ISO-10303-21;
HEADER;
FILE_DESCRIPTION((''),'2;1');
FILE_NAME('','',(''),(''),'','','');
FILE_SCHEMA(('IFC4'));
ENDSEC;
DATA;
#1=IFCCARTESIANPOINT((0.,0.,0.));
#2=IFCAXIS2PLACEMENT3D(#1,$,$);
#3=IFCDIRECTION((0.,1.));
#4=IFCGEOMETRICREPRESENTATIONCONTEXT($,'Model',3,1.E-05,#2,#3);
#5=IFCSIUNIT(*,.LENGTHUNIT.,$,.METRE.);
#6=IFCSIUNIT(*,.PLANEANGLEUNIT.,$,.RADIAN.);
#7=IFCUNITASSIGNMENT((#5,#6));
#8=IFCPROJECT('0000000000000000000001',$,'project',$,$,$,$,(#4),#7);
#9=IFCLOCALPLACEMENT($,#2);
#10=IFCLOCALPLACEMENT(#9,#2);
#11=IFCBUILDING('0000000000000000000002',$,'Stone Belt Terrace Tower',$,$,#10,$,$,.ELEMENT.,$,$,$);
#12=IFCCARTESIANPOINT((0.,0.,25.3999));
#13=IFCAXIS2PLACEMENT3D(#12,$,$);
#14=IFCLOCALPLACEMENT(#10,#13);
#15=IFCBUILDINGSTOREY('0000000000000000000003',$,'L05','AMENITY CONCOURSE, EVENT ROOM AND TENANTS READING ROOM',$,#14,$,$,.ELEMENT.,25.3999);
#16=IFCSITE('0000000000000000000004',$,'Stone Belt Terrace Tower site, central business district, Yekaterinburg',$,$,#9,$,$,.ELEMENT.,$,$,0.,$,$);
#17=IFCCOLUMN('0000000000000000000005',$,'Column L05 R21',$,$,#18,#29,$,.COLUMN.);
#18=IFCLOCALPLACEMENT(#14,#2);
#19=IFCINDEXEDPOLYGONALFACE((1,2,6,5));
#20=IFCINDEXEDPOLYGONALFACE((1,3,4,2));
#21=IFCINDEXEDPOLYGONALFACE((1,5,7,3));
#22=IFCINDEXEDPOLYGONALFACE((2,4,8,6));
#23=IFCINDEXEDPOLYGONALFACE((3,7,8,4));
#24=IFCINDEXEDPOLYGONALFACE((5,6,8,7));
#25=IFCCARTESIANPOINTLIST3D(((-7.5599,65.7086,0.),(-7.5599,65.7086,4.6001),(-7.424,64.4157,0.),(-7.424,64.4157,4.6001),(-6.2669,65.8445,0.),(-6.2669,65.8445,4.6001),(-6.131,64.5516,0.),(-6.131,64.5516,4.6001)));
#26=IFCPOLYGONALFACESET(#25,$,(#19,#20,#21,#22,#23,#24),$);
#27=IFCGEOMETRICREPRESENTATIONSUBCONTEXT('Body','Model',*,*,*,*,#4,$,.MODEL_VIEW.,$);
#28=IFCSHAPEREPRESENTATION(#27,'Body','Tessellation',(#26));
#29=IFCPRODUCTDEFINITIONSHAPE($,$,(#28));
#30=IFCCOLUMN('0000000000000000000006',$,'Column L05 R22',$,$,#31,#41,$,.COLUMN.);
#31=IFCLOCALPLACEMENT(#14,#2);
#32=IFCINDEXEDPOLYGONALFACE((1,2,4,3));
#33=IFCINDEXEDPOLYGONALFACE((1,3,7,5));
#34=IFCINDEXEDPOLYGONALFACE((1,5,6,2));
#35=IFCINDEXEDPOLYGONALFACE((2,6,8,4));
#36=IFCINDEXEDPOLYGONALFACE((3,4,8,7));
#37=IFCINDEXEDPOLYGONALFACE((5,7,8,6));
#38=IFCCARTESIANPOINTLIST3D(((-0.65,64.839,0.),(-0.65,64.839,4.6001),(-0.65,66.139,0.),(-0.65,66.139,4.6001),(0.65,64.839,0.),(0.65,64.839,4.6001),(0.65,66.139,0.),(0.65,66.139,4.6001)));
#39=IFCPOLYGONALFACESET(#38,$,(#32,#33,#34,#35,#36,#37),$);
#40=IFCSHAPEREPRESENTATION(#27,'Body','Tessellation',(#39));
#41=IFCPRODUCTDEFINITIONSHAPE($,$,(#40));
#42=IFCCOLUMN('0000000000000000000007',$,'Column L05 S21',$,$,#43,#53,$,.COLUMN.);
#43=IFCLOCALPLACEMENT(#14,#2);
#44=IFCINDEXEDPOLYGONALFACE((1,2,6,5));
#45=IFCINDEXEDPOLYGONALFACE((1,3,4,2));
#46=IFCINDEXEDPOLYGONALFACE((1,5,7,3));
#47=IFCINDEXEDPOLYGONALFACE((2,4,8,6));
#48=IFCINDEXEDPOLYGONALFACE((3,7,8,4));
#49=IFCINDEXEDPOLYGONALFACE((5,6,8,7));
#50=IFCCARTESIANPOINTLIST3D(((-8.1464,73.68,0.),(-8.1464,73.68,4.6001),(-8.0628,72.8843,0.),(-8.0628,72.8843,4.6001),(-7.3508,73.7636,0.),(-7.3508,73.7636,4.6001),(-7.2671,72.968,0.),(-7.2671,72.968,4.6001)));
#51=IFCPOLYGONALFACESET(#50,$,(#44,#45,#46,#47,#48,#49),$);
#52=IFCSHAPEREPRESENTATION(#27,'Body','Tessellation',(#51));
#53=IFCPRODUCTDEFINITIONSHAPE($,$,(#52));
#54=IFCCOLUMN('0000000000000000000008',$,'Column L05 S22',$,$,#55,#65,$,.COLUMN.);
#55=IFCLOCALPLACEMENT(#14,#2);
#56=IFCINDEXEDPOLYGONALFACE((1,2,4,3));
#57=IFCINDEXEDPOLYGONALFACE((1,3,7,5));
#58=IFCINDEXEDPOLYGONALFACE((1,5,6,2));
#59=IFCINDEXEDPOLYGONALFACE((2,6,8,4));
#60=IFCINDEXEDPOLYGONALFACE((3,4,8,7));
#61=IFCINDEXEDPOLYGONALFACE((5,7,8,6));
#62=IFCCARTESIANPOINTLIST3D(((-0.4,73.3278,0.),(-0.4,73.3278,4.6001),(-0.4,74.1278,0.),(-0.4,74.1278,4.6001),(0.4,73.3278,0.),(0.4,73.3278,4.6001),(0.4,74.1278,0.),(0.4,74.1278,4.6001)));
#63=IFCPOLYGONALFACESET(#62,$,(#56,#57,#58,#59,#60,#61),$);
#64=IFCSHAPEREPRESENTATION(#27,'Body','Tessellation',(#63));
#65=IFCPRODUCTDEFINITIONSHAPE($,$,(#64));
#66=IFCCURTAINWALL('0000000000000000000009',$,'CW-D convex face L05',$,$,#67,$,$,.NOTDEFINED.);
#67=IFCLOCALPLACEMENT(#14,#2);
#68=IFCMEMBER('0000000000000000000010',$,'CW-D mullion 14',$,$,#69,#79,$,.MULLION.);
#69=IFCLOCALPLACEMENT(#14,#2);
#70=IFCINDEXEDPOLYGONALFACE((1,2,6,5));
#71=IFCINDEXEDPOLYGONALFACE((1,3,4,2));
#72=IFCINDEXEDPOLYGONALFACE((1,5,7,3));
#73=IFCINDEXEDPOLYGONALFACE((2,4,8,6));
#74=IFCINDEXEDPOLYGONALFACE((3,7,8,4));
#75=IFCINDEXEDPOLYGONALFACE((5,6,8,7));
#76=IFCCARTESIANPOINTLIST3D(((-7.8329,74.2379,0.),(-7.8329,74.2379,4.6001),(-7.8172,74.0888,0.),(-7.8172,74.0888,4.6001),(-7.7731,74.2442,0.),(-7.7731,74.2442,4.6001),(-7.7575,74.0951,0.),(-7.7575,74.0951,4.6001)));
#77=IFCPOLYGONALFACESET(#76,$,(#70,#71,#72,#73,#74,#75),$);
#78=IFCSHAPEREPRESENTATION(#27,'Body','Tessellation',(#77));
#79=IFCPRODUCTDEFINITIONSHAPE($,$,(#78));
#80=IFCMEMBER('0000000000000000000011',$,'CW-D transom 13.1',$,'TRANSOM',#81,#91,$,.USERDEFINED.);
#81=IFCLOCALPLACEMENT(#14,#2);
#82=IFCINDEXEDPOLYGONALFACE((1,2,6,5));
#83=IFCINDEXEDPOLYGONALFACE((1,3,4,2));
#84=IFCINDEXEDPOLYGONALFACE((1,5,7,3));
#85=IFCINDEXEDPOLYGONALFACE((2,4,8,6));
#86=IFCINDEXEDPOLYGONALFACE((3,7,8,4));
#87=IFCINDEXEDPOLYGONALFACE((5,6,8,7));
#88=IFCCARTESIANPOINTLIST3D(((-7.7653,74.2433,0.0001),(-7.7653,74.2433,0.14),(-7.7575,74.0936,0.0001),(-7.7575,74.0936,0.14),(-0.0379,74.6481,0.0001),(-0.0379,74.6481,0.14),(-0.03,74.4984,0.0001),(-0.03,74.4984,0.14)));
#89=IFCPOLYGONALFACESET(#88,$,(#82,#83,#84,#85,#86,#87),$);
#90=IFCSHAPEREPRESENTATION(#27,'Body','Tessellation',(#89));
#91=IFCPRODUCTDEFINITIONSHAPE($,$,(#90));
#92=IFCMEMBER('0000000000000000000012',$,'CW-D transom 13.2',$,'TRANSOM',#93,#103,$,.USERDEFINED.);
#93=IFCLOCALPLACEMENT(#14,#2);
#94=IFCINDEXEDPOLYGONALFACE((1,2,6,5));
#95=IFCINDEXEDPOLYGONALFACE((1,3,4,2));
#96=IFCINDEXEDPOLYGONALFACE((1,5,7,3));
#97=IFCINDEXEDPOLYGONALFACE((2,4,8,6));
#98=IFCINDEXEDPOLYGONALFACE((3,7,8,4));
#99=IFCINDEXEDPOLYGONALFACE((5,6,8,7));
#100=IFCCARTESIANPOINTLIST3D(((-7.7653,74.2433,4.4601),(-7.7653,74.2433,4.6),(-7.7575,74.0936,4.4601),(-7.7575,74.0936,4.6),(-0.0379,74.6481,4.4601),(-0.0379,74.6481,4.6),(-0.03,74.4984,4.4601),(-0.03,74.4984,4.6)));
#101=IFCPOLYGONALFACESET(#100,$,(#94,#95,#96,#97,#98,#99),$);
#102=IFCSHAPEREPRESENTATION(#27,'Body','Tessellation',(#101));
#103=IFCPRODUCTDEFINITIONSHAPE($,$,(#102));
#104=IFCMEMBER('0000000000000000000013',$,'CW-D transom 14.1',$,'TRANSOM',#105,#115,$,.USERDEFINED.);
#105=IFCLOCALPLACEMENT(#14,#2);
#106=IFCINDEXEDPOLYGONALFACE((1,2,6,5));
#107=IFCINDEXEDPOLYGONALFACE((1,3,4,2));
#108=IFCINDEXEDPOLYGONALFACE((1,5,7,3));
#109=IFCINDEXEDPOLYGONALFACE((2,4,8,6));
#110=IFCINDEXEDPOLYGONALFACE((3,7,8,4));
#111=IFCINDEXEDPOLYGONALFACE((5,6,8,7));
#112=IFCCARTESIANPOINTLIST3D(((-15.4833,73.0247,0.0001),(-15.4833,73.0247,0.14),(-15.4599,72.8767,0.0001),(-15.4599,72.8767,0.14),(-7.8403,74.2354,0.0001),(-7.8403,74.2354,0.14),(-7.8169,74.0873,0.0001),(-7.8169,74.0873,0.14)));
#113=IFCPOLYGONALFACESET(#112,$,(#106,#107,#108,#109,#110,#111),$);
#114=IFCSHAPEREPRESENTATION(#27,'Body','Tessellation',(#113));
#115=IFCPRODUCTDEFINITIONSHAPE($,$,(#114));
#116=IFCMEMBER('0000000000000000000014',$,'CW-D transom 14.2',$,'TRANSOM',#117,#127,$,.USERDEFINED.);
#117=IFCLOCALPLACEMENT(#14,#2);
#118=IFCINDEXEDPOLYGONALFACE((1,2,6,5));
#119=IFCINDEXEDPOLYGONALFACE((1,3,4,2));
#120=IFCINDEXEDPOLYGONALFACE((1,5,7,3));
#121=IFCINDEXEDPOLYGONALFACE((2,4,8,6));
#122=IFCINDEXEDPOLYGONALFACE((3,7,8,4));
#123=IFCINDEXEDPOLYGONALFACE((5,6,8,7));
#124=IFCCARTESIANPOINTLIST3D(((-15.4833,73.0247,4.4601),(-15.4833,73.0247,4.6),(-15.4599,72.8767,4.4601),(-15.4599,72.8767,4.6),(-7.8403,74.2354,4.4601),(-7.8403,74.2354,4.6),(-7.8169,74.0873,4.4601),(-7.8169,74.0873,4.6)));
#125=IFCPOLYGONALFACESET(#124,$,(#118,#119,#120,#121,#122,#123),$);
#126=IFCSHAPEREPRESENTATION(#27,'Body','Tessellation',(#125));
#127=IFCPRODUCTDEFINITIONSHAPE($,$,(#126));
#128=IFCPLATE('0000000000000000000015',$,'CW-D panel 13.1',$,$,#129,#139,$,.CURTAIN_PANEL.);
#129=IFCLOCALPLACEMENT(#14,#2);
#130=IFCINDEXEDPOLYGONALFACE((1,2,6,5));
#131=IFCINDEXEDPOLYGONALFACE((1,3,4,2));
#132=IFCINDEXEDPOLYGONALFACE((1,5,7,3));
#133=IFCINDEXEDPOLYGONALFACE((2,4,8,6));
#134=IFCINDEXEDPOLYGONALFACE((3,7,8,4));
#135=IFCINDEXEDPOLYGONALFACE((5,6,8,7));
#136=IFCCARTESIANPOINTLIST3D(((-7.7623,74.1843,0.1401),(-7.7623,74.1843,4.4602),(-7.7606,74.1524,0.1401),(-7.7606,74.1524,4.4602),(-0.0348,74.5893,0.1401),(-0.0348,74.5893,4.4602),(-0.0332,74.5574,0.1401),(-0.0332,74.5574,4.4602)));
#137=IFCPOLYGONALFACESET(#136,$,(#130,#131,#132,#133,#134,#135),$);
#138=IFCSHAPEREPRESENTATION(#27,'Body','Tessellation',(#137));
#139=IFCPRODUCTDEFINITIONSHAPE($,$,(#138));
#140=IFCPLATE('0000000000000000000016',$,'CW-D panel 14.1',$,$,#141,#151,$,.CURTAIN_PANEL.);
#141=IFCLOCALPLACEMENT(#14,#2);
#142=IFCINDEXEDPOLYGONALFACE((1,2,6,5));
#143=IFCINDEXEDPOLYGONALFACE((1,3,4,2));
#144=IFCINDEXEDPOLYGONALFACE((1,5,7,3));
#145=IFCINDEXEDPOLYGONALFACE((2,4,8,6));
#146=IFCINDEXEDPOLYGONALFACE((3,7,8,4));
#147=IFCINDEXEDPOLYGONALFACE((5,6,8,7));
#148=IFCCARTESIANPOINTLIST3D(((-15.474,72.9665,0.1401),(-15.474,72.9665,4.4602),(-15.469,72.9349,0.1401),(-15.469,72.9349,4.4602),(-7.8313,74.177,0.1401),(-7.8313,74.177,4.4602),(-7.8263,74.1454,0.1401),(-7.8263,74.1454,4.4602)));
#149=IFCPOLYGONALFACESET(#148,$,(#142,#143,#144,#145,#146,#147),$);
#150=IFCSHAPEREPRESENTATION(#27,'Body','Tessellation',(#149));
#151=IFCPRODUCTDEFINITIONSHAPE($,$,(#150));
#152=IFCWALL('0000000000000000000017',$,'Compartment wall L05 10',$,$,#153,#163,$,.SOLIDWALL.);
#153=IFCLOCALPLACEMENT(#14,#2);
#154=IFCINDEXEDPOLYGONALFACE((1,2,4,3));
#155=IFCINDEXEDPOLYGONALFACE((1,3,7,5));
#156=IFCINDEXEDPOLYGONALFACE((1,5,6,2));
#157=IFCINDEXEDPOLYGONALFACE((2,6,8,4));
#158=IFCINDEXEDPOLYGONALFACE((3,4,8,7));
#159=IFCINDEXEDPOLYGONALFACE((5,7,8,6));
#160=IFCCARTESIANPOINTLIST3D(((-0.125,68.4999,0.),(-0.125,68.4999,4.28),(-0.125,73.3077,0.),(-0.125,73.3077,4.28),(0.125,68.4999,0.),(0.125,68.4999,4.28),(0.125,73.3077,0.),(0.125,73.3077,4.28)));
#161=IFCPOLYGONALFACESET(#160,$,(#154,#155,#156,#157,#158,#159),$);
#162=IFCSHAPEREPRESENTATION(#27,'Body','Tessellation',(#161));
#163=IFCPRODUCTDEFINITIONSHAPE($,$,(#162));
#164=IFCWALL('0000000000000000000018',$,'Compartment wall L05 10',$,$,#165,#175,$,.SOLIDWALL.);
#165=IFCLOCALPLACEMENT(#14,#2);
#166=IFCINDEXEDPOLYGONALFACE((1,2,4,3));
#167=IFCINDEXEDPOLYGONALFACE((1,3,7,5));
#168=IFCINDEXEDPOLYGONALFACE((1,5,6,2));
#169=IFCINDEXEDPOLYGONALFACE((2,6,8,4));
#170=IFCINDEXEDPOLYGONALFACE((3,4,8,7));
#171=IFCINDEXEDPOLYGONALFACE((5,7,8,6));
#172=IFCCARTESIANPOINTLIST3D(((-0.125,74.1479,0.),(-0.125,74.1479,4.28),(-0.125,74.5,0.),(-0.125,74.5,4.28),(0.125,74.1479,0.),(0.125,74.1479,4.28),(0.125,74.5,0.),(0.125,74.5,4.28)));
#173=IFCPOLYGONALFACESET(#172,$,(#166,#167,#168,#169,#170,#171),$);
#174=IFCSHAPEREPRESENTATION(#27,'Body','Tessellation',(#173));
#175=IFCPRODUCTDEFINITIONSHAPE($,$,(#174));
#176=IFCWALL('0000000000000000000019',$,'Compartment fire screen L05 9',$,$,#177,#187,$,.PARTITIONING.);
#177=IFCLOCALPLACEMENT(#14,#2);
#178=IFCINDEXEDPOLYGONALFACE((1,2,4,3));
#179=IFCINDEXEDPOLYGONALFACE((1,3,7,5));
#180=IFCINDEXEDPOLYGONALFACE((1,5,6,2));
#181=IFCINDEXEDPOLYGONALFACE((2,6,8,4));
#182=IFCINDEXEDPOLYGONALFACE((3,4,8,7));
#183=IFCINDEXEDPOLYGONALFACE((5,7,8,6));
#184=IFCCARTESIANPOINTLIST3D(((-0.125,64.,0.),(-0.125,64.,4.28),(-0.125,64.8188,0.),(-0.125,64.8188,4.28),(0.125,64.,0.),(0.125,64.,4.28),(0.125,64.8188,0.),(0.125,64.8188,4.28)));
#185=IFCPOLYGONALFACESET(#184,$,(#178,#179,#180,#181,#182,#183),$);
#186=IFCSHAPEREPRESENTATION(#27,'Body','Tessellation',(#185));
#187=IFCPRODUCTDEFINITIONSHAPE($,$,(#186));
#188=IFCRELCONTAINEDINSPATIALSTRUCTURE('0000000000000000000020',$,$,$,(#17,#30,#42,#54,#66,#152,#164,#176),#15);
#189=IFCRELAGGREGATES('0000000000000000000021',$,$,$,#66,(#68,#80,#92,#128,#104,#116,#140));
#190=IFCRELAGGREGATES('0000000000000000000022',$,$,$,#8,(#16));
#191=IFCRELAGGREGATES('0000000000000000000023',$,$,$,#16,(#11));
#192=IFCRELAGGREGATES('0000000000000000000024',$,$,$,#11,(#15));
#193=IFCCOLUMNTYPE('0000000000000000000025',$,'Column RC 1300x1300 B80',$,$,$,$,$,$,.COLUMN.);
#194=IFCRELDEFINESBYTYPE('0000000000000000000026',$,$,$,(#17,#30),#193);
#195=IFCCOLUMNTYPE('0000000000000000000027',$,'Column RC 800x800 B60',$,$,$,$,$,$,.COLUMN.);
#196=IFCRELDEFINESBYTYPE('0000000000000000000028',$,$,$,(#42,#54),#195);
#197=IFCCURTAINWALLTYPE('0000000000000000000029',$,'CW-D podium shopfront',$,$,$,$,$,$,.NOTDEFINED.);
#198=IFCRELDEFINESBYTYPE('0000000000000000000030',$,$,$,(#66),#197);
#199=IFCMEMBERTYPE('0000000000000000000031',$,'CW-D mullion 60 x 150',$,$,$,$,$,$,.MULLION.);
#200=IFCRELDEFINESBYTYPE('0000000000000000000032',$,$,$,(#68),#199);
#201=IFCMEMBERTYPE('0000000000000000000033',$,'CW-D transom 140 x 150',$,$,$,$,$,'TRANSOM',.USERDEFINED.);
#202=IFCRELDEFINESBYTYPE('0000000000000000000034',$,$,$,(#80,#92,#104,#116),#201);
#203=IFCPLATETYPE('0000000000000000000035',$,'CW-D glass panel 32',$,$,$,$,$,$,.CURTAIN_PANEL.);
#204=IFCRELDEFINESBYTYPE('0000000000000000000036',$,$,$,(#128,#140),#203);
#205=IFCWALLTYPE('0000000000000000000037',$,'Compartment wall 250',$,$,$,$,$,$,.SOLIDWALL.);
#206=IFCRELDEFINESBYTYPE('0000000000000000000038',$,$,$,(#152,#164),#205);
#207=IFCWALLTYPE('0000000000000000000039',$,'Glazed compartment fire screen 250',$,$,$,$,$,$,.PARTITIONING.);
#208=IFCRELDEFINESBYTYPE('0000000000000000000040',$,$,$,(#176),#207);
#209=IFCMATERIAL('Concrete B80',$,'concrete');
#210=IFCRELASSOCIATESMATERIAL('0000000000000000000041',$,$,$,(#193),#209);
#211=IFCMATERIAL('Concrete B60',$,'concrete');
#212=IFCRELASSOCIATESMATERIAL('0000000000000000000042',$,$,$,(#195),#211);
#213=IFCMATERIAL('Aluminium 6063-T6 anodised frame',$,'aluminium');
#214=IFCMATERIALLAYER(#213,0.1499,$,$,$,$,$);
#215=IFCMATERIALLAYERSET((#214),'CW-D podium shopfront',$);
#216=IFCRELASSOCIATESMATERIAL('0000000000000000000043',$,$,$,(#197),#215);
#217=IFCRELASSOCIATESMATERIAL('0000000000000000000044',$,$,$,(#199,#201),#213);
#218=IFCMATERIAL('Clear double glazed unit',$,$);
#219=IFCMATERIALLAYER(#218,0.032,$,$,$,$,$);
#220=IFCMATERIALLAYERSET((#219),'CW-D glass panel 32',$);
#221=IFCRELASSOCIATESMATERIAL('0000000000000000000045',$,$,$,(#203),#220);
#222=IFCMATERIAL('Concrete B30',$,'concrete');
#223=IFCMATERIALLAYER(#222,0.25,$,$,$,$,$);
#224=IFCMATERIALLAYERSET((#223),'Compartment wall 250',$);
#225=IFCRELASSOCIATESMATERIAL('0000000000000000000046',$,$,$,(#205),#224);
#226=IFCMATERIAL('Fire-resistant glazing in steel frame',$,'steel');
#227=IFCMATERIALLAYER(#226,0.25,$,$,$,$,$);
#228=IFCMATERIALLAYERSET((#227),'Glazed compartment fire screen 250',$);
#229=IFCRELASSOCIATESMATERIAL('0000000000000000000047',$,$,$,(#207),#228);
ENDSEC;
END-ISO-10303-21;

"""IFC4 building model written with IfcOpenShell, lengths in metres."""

from ifc_helpers import new_model, si_unit, direction, frame, frame_2d, origin, origin_2d, place, context, subcontext, project, spatial, rectangle, extrude, material, layer, layer_set, material_profile, profile_set, type_object, element, aggregate, save


model = new_model("IFC4")

# Units and contexts
model_context = context("Model", 3, precision=1e-05, world=origin(), true_north=direction((0.0, 1.0)))
body_context = subcontext(model_context, "Body", "Model", "MODEL_VIEW")
ifc_project = project(units=[si_unit("LENGTHUNIT", "METRE"), si_unit("PLANEANGLEUNIT", "RADIAN")], contexts=[model_context])

# Site, building, storey
site_placement = place(None, origin())
site = spatial("IfcSite", under=ifc_project, at=site_placement, Name="Stone Belt Terrace Tower site, central business district, Yekaterinburg", CompositionType="ELEMENT", RefElevation=0.0)
building_placement = place(site_placement, origin())
building = spatial("IfcBuilding", under=site, at=building_placement, Name="Stone Belt Terrace Tower", CompositionType="ELEMENT")
storey_placement = place(building_placement, frame((0.0, 0.0, 25.3999)))
storey = spatial("IfcBuildingStorey", under=building, at=storey_placement, Name="L05", Description="AMENITY CONCOURSE, EVENT ROOM AND TENANTS READING ROOM", CompositionType="ELEMENT", Elevation=25.3999)

# Columns
ifc_material_1 = material(Name="Concrete B80", Category="concrete")
ifc_material_profile_1 = material_profile(ifc_material_1, rectangle(XDim=1.3, YDim=1.3, at=origin_2d()), Name="RC 1300x1300")
ifc_profile_set_1 = profile_set([ifc_material_profile_1], Name="Concrete B80")
column_type_1 = type_object("IfcColumnType", Name="Column RC 1300x1300 B80", PredefinedType="COLUMN", material=ifc_profile_set_1)
for number, where, z_axis, x_axis, name in (
    (1, (-6.8455, 65.1301, 0.0), (0.0, 0.0, 1.0), (0.994522, 0.104528, 0.0), "Column L05 R21"),
    (2, (0.0, 65.489, 0.0), (0.0, 0.0, 1.0), (1.0, 0.0, 0.0), "Column L05 R22"),
):
    element("IfcColumn", number, at=place(storey_placement, frame(where, z_axis=z_axis, x_axis=x_axis)), inside=storey, type_object=column_type_1, Name=name, PredefinedType="COLUMN", context=body_context, shape_type="SweptSolid", body=[
        extrude(rectangle(XDim=1.3, YDim=1.3, at=origin_2d()), origin(), (0.0, 0.0, 1.0), 4.6001),
    ])
ifc_material_2 = material(Name="Concrete B60", Category="concrete")
ifc_material_profile_2 = material_profile(ifc_material_2, rectangle(XDim=0.8, YDim=0.8, at=origin_2d()), Name="RC 800x800")
ifc_profile_set_2 = profile_set([ifc_material_profile_2], Name="Concrete B60")
column_type_2 = type_object("IfcColumnType", Name="Column RC 800x800 B60", PredefinedType="COLUMN", material=ifc_profile_set_2)
for number, where, z_axis, x_axis, name in (
    (3, (-7.7068, 73.324, 0.0), (0.0, 0.0, 1.0), (0.994522, 0.104528, 0.0), "Column L05 S21"),
    (4, (0.0, 73.7278, 0.0), (0.0, 0.0, 1.0), (1.0, 0.0, 0.0), "Column L05 S22"),
):
    element("IfcColumn", number, at=place(storey_placement, frame(where, z_axis=z_axis, x_axis=x_axis)), inside=storey, type_object=column_type_2, Name=name, PredefinedType="COLUMN", context=body_context, shape_type="SweptSolid", body=[
        extrude(rectangle(XDim=0.8, YDim=0.8, at=origin_2d()), origin(), (0.0, 0.0, 1.0), 4.6001),
    ])

# Curtain wall, members, plates
ifc_material_3 = material(Name="Aluminium 6063-T6 anodised frame", Category="aluminium")
ifc_layer_1 = layer(ifc_material_3, 0.1499)
ifc_layer_set_1 = layer_set([ifc_layer_1], Name="CW-D podium shopfront")
curtain_wall_type = type_object("IfcCurtainWallType", Name="CW-D podium shopfront", PredefinedType="NOTDEFINED", material=ifc_layer_set_1)
curtain_wall_placement = place(storey_placement, origin())
curtain_wall = element("IfcCurtainWall", 5, at=curtain_wall_placement, inside=storey, type_object=curtain_wall_type, Name="CW-D convex face L05", PredefinedType="NOTDEFINED")
ifc_material_profile_3 = material_profile(ifc_material_3, rectangle(XDim=0.1499, YDim=0.0601, at=origin_2d()), Name="Aluminium 6063-T6 60x150")
ifc_profile_set_3 = profile_set([ifc_material_profile_3], Name="Aluminium 6063-T6 anodised frame")
member_type_1 = type_object("IfcMemberType", Name="CW-D mullion 60 x 150", PredefinedType="MULLION", material=ifc_profile_set_3)
member_1_placement = place(storey_placement, frame((-7.7952, 74.1665, 0.0), z_axis=(0.0, 0.0, 1.0), x_axis=(0.104528, -0.994522, 0.0)))
member_1 = element("IfcMember", 6, at=member_1_placement, type_object=member_type_1, Name="CW-D mullion 14", PredefinedType="MULLION", context=body_context, shape_type="SweptSolid", body=[
    extrude(rectangle(XDim=0.1499, YDim=0.0601, at=origin_2d()), origin(), (0.0, 0.0, 1.0), 4.6001),
])
ifc_material_profile_4 = material_profile(ifc_material_3, rectangle(XDim=0.1499, YDim=0.1399, at=origin_2d()), Name="Aluminium 6063-T6 150x140")
ifc_profile_set_4 = profile_set([ifc_material_profile_4], Name="Aluminium 6063-T6 anodised frame")
member_type_2 = type_object("IfcMemberType", Name="CW-D transom 140 x 150", ElementType="TRANSOM", PredefinedType="USERDEFINED", material=ifc_profile_set_4)
member_2_placement = place(storey_placement, frame((-0.0339, 74.5732, 0.0701), z_axis=(-0.998631, -0.05231, 0.0), x_axis=(0.05231, -0.998631, 0.0)))
member_2 = element("IfcMember", 7, at=member_2_placement, type_object=member_type_2, Name="CW-D transom 13.1", ObjectType="TRANSOM", PredefinedType="USERDEFINED", context=body_context, shape_type="SweptSolid", body=[
    extrude(rectangle(XDim=0.1499, YDim=0.1399, at=origin_2d()), origin(), (0.0, 0.0, 1.0), 7.738),
])
member_3_placement = place(storey_placement, frame((-0.0339, 74.5732, 4.53), z_axis=(-0.998631, -0.05231, 0.0), x_axis=(0.05231, -0.998631, 0.0)))
member_3 = element("IfcMember", 8, at=member_3_placement, type_object=member_type_2, Name="CW-D transom 13.2", ObjectType="TRANSOM", PredefinedType="USERDEFINED", context=body_context, shape_type="SweptSolid", body=[
    extrude(rectangle(XDim=0.1499, YDim=0.1399, at=origin_2d()), origin(), (0.0, 0.0, 1.0), 7.738),
])
member_4_placement = place(storey_placement, frame((-7.8286, 74.1614, 0.0701), z_axis=(-0.987685, -0.156453, 0.0), x_axis=(0.156453, -0.987685, 0.0)))
member_4 = element("IfcMember", 9, at=member_4_placement, type_object=member_type_2, Name="CW-D transom 14.1", ObjectType="TRANSOM", PredefinedType="USERDEFINED", context=body_context, shape_type="SweptSolid", body=[
    extrude(rectangle(XDim=0.1499, YDim=0.1399, at=origin_2d()), origin(), (0.0, 0.0, 1.0), 7.7383),
])
member_5_placement = place(storey_placement, frame((-7.8286, 74.1614, 4.53), z_axis=(-0.987685, -0.156453, 0.0), x_axis=(0.156453, -0.987685, 0.0)))
member_5 = element("IfcMember", 10, at=member_5_placement, type_object=member_type_2, Name="CW-D transom 14.2", ObjectType="TRANSOM", PredefinedType="USERDEFINED", context=body_context, shape_type="SweptSolid", body=[
    extrude(rectangle(XDim=0.1499, YDim=0.1399, at=origin_2d()), origin(), (0.0, 0.0, 1.0), 7.7383),
])
ifc_material_4 = material(Name="Clear double glazed unit")
ifc_layer_2 = layer(ifc_material_4, 0.032)
ifc_layer_set_2 = layer_set([ifc_layer_2], Name="CW-D glass panel 32")
plate_type = type_object("IfcPlateType", Name="CW-D glass panel 32", PredefinedType="CURTAIN_PANEL", material=ifc_layer_set_2)
plate_1_placement = place(storey_placement, frame((-3.8977, 74.3708, 0.1401), z_axis=(0.0, 0.0, 1.0), x_axis=(-0.99863, -0.052336, 0.0)))
plate_1 = element("IfcPlate", 11, at=plate_1_placement, type_object=plate_type, Name="CW-D panel 13.1", PredefinedType="CURTAIN_PANEL", context=body_context, shape_type="SweptSolid", body=[
    extrude(rectangle(XDim=7.738, YDim=0.032, at=origin_2d()), origin(), (0.0, 0.0, 1.0), 4.3201),
])
plate_2_placement = place(storey_placement, frame((-11.6501, 73.5559, 0.1401), z_axis=(0.0, 0.0, 1.0), x_axis=(-0.987688, -0.156434, 0.0)))
plate_2 = element("IfcPlate", 12, at=plate_2_placement, type_object=plate_type, Name="CW-D panel 14.1", PredefinedType="CURTAIN_PANEL", context=body_context, shape_type="SweptSolid", body=[
    extrude(rectangle(XDim=7.738, YDim=0.032, at=origin_2d()), origin(), (0.0, 0.0, 1.0), 4.3201),
])
aggregate(curtain_wall, [member_1, member_2, member_3, plate_1, member_4, member_5, plate_2])

# Walls
ifc_material_5 = material(Name="Concrete B30", Category="concrete")
ifc_layer_3 = layer(ifc_material_5, 0.25)
ifc_layer_set_3 = layer_set([ifc_layer_3], Name="Compartment wall 250")
wall_type_1 = type_object("IfcWallType", Name="Compartment wall 250", PredefinedType="SOLIDWALL", material=ifc_layer_set_3)
wall_1_placement = place(storey_placement, frame((0.0, 68.5, 0.0), z_axis=(0.0, 0.0, 1.0), x_axis=(0.0, 1.0, 0.0)))
element("IfcWall", 13, at=wall_1_placement, inside=storey, type_object=wall_type_1, Name="Compartment wall L05 10", PredefinedType="SOLIDWALL", context=body_context, shape_type="SweptSolid", body=[
    extrude(rectangle(XDim=4.8079, YDim=0.25, at=frame_2d((2.4038, 0.0))), origin(), (0.0, 0.0, 1.0), 4.28),
])
wall_2_placement = place(storey_placement, frame((0.0, 74.1479, 0.0), z_axis=(0.0, 0.0, 1.0), x_axis=(0.0, 1.0, 0.0)))
element("IfcWall", 14, at=wall_2_placement, inside=storey, type_object=wall_type_1, Name="Compartment wall L05 10", PredefinedType="SOLIDWALL", context=body_context, shape_type="SweptSolid", body=[
    extrude(rectangle(XDim=0.3521, YDim=0.25, at=frame_2d((0.176, 0.0))), origin(), (0.0, 0.0, 1.0), 4.28),
])
ifc_material_6 = material(Name="Fire-resistant glazing in steel frame", Category="steel")
ifc_layer_4 = layer(ifc_material_6, 0.25)
ifc_layer_set_4 = layer_set([ifc_layer_4], Name="Glazed compartment fire screen 250")
wall_type_2 = type_object("IfcWallType", Name="Glazed compartment fire screen 250", PredefinedType="PARTITIONING", material=ifc_layer_set_4)
wall_3_placement = place(storey_placement, frame((0.0, 64.0, 0.0), z_axis=(0.0, 0.0, 1.0), x_axis=(0.0, 1.0, 0.0)))
element("IfcWall", 15, at=wall_3_placement, inside=storey, type_object=wall_type_2, Name="Compartment fire screen L05 9", PredefinedType="PARTITIONING", context=body_context, shape_type="SweptSolid", body=[
    extrude(rectangle(XDim=0.8188, YDim=0.25, at=frame_2d((0.4094, 0.0))), origin(), (0.0, 0.0, 1.0), 4.28),
])

save(model, "model.ifc")
